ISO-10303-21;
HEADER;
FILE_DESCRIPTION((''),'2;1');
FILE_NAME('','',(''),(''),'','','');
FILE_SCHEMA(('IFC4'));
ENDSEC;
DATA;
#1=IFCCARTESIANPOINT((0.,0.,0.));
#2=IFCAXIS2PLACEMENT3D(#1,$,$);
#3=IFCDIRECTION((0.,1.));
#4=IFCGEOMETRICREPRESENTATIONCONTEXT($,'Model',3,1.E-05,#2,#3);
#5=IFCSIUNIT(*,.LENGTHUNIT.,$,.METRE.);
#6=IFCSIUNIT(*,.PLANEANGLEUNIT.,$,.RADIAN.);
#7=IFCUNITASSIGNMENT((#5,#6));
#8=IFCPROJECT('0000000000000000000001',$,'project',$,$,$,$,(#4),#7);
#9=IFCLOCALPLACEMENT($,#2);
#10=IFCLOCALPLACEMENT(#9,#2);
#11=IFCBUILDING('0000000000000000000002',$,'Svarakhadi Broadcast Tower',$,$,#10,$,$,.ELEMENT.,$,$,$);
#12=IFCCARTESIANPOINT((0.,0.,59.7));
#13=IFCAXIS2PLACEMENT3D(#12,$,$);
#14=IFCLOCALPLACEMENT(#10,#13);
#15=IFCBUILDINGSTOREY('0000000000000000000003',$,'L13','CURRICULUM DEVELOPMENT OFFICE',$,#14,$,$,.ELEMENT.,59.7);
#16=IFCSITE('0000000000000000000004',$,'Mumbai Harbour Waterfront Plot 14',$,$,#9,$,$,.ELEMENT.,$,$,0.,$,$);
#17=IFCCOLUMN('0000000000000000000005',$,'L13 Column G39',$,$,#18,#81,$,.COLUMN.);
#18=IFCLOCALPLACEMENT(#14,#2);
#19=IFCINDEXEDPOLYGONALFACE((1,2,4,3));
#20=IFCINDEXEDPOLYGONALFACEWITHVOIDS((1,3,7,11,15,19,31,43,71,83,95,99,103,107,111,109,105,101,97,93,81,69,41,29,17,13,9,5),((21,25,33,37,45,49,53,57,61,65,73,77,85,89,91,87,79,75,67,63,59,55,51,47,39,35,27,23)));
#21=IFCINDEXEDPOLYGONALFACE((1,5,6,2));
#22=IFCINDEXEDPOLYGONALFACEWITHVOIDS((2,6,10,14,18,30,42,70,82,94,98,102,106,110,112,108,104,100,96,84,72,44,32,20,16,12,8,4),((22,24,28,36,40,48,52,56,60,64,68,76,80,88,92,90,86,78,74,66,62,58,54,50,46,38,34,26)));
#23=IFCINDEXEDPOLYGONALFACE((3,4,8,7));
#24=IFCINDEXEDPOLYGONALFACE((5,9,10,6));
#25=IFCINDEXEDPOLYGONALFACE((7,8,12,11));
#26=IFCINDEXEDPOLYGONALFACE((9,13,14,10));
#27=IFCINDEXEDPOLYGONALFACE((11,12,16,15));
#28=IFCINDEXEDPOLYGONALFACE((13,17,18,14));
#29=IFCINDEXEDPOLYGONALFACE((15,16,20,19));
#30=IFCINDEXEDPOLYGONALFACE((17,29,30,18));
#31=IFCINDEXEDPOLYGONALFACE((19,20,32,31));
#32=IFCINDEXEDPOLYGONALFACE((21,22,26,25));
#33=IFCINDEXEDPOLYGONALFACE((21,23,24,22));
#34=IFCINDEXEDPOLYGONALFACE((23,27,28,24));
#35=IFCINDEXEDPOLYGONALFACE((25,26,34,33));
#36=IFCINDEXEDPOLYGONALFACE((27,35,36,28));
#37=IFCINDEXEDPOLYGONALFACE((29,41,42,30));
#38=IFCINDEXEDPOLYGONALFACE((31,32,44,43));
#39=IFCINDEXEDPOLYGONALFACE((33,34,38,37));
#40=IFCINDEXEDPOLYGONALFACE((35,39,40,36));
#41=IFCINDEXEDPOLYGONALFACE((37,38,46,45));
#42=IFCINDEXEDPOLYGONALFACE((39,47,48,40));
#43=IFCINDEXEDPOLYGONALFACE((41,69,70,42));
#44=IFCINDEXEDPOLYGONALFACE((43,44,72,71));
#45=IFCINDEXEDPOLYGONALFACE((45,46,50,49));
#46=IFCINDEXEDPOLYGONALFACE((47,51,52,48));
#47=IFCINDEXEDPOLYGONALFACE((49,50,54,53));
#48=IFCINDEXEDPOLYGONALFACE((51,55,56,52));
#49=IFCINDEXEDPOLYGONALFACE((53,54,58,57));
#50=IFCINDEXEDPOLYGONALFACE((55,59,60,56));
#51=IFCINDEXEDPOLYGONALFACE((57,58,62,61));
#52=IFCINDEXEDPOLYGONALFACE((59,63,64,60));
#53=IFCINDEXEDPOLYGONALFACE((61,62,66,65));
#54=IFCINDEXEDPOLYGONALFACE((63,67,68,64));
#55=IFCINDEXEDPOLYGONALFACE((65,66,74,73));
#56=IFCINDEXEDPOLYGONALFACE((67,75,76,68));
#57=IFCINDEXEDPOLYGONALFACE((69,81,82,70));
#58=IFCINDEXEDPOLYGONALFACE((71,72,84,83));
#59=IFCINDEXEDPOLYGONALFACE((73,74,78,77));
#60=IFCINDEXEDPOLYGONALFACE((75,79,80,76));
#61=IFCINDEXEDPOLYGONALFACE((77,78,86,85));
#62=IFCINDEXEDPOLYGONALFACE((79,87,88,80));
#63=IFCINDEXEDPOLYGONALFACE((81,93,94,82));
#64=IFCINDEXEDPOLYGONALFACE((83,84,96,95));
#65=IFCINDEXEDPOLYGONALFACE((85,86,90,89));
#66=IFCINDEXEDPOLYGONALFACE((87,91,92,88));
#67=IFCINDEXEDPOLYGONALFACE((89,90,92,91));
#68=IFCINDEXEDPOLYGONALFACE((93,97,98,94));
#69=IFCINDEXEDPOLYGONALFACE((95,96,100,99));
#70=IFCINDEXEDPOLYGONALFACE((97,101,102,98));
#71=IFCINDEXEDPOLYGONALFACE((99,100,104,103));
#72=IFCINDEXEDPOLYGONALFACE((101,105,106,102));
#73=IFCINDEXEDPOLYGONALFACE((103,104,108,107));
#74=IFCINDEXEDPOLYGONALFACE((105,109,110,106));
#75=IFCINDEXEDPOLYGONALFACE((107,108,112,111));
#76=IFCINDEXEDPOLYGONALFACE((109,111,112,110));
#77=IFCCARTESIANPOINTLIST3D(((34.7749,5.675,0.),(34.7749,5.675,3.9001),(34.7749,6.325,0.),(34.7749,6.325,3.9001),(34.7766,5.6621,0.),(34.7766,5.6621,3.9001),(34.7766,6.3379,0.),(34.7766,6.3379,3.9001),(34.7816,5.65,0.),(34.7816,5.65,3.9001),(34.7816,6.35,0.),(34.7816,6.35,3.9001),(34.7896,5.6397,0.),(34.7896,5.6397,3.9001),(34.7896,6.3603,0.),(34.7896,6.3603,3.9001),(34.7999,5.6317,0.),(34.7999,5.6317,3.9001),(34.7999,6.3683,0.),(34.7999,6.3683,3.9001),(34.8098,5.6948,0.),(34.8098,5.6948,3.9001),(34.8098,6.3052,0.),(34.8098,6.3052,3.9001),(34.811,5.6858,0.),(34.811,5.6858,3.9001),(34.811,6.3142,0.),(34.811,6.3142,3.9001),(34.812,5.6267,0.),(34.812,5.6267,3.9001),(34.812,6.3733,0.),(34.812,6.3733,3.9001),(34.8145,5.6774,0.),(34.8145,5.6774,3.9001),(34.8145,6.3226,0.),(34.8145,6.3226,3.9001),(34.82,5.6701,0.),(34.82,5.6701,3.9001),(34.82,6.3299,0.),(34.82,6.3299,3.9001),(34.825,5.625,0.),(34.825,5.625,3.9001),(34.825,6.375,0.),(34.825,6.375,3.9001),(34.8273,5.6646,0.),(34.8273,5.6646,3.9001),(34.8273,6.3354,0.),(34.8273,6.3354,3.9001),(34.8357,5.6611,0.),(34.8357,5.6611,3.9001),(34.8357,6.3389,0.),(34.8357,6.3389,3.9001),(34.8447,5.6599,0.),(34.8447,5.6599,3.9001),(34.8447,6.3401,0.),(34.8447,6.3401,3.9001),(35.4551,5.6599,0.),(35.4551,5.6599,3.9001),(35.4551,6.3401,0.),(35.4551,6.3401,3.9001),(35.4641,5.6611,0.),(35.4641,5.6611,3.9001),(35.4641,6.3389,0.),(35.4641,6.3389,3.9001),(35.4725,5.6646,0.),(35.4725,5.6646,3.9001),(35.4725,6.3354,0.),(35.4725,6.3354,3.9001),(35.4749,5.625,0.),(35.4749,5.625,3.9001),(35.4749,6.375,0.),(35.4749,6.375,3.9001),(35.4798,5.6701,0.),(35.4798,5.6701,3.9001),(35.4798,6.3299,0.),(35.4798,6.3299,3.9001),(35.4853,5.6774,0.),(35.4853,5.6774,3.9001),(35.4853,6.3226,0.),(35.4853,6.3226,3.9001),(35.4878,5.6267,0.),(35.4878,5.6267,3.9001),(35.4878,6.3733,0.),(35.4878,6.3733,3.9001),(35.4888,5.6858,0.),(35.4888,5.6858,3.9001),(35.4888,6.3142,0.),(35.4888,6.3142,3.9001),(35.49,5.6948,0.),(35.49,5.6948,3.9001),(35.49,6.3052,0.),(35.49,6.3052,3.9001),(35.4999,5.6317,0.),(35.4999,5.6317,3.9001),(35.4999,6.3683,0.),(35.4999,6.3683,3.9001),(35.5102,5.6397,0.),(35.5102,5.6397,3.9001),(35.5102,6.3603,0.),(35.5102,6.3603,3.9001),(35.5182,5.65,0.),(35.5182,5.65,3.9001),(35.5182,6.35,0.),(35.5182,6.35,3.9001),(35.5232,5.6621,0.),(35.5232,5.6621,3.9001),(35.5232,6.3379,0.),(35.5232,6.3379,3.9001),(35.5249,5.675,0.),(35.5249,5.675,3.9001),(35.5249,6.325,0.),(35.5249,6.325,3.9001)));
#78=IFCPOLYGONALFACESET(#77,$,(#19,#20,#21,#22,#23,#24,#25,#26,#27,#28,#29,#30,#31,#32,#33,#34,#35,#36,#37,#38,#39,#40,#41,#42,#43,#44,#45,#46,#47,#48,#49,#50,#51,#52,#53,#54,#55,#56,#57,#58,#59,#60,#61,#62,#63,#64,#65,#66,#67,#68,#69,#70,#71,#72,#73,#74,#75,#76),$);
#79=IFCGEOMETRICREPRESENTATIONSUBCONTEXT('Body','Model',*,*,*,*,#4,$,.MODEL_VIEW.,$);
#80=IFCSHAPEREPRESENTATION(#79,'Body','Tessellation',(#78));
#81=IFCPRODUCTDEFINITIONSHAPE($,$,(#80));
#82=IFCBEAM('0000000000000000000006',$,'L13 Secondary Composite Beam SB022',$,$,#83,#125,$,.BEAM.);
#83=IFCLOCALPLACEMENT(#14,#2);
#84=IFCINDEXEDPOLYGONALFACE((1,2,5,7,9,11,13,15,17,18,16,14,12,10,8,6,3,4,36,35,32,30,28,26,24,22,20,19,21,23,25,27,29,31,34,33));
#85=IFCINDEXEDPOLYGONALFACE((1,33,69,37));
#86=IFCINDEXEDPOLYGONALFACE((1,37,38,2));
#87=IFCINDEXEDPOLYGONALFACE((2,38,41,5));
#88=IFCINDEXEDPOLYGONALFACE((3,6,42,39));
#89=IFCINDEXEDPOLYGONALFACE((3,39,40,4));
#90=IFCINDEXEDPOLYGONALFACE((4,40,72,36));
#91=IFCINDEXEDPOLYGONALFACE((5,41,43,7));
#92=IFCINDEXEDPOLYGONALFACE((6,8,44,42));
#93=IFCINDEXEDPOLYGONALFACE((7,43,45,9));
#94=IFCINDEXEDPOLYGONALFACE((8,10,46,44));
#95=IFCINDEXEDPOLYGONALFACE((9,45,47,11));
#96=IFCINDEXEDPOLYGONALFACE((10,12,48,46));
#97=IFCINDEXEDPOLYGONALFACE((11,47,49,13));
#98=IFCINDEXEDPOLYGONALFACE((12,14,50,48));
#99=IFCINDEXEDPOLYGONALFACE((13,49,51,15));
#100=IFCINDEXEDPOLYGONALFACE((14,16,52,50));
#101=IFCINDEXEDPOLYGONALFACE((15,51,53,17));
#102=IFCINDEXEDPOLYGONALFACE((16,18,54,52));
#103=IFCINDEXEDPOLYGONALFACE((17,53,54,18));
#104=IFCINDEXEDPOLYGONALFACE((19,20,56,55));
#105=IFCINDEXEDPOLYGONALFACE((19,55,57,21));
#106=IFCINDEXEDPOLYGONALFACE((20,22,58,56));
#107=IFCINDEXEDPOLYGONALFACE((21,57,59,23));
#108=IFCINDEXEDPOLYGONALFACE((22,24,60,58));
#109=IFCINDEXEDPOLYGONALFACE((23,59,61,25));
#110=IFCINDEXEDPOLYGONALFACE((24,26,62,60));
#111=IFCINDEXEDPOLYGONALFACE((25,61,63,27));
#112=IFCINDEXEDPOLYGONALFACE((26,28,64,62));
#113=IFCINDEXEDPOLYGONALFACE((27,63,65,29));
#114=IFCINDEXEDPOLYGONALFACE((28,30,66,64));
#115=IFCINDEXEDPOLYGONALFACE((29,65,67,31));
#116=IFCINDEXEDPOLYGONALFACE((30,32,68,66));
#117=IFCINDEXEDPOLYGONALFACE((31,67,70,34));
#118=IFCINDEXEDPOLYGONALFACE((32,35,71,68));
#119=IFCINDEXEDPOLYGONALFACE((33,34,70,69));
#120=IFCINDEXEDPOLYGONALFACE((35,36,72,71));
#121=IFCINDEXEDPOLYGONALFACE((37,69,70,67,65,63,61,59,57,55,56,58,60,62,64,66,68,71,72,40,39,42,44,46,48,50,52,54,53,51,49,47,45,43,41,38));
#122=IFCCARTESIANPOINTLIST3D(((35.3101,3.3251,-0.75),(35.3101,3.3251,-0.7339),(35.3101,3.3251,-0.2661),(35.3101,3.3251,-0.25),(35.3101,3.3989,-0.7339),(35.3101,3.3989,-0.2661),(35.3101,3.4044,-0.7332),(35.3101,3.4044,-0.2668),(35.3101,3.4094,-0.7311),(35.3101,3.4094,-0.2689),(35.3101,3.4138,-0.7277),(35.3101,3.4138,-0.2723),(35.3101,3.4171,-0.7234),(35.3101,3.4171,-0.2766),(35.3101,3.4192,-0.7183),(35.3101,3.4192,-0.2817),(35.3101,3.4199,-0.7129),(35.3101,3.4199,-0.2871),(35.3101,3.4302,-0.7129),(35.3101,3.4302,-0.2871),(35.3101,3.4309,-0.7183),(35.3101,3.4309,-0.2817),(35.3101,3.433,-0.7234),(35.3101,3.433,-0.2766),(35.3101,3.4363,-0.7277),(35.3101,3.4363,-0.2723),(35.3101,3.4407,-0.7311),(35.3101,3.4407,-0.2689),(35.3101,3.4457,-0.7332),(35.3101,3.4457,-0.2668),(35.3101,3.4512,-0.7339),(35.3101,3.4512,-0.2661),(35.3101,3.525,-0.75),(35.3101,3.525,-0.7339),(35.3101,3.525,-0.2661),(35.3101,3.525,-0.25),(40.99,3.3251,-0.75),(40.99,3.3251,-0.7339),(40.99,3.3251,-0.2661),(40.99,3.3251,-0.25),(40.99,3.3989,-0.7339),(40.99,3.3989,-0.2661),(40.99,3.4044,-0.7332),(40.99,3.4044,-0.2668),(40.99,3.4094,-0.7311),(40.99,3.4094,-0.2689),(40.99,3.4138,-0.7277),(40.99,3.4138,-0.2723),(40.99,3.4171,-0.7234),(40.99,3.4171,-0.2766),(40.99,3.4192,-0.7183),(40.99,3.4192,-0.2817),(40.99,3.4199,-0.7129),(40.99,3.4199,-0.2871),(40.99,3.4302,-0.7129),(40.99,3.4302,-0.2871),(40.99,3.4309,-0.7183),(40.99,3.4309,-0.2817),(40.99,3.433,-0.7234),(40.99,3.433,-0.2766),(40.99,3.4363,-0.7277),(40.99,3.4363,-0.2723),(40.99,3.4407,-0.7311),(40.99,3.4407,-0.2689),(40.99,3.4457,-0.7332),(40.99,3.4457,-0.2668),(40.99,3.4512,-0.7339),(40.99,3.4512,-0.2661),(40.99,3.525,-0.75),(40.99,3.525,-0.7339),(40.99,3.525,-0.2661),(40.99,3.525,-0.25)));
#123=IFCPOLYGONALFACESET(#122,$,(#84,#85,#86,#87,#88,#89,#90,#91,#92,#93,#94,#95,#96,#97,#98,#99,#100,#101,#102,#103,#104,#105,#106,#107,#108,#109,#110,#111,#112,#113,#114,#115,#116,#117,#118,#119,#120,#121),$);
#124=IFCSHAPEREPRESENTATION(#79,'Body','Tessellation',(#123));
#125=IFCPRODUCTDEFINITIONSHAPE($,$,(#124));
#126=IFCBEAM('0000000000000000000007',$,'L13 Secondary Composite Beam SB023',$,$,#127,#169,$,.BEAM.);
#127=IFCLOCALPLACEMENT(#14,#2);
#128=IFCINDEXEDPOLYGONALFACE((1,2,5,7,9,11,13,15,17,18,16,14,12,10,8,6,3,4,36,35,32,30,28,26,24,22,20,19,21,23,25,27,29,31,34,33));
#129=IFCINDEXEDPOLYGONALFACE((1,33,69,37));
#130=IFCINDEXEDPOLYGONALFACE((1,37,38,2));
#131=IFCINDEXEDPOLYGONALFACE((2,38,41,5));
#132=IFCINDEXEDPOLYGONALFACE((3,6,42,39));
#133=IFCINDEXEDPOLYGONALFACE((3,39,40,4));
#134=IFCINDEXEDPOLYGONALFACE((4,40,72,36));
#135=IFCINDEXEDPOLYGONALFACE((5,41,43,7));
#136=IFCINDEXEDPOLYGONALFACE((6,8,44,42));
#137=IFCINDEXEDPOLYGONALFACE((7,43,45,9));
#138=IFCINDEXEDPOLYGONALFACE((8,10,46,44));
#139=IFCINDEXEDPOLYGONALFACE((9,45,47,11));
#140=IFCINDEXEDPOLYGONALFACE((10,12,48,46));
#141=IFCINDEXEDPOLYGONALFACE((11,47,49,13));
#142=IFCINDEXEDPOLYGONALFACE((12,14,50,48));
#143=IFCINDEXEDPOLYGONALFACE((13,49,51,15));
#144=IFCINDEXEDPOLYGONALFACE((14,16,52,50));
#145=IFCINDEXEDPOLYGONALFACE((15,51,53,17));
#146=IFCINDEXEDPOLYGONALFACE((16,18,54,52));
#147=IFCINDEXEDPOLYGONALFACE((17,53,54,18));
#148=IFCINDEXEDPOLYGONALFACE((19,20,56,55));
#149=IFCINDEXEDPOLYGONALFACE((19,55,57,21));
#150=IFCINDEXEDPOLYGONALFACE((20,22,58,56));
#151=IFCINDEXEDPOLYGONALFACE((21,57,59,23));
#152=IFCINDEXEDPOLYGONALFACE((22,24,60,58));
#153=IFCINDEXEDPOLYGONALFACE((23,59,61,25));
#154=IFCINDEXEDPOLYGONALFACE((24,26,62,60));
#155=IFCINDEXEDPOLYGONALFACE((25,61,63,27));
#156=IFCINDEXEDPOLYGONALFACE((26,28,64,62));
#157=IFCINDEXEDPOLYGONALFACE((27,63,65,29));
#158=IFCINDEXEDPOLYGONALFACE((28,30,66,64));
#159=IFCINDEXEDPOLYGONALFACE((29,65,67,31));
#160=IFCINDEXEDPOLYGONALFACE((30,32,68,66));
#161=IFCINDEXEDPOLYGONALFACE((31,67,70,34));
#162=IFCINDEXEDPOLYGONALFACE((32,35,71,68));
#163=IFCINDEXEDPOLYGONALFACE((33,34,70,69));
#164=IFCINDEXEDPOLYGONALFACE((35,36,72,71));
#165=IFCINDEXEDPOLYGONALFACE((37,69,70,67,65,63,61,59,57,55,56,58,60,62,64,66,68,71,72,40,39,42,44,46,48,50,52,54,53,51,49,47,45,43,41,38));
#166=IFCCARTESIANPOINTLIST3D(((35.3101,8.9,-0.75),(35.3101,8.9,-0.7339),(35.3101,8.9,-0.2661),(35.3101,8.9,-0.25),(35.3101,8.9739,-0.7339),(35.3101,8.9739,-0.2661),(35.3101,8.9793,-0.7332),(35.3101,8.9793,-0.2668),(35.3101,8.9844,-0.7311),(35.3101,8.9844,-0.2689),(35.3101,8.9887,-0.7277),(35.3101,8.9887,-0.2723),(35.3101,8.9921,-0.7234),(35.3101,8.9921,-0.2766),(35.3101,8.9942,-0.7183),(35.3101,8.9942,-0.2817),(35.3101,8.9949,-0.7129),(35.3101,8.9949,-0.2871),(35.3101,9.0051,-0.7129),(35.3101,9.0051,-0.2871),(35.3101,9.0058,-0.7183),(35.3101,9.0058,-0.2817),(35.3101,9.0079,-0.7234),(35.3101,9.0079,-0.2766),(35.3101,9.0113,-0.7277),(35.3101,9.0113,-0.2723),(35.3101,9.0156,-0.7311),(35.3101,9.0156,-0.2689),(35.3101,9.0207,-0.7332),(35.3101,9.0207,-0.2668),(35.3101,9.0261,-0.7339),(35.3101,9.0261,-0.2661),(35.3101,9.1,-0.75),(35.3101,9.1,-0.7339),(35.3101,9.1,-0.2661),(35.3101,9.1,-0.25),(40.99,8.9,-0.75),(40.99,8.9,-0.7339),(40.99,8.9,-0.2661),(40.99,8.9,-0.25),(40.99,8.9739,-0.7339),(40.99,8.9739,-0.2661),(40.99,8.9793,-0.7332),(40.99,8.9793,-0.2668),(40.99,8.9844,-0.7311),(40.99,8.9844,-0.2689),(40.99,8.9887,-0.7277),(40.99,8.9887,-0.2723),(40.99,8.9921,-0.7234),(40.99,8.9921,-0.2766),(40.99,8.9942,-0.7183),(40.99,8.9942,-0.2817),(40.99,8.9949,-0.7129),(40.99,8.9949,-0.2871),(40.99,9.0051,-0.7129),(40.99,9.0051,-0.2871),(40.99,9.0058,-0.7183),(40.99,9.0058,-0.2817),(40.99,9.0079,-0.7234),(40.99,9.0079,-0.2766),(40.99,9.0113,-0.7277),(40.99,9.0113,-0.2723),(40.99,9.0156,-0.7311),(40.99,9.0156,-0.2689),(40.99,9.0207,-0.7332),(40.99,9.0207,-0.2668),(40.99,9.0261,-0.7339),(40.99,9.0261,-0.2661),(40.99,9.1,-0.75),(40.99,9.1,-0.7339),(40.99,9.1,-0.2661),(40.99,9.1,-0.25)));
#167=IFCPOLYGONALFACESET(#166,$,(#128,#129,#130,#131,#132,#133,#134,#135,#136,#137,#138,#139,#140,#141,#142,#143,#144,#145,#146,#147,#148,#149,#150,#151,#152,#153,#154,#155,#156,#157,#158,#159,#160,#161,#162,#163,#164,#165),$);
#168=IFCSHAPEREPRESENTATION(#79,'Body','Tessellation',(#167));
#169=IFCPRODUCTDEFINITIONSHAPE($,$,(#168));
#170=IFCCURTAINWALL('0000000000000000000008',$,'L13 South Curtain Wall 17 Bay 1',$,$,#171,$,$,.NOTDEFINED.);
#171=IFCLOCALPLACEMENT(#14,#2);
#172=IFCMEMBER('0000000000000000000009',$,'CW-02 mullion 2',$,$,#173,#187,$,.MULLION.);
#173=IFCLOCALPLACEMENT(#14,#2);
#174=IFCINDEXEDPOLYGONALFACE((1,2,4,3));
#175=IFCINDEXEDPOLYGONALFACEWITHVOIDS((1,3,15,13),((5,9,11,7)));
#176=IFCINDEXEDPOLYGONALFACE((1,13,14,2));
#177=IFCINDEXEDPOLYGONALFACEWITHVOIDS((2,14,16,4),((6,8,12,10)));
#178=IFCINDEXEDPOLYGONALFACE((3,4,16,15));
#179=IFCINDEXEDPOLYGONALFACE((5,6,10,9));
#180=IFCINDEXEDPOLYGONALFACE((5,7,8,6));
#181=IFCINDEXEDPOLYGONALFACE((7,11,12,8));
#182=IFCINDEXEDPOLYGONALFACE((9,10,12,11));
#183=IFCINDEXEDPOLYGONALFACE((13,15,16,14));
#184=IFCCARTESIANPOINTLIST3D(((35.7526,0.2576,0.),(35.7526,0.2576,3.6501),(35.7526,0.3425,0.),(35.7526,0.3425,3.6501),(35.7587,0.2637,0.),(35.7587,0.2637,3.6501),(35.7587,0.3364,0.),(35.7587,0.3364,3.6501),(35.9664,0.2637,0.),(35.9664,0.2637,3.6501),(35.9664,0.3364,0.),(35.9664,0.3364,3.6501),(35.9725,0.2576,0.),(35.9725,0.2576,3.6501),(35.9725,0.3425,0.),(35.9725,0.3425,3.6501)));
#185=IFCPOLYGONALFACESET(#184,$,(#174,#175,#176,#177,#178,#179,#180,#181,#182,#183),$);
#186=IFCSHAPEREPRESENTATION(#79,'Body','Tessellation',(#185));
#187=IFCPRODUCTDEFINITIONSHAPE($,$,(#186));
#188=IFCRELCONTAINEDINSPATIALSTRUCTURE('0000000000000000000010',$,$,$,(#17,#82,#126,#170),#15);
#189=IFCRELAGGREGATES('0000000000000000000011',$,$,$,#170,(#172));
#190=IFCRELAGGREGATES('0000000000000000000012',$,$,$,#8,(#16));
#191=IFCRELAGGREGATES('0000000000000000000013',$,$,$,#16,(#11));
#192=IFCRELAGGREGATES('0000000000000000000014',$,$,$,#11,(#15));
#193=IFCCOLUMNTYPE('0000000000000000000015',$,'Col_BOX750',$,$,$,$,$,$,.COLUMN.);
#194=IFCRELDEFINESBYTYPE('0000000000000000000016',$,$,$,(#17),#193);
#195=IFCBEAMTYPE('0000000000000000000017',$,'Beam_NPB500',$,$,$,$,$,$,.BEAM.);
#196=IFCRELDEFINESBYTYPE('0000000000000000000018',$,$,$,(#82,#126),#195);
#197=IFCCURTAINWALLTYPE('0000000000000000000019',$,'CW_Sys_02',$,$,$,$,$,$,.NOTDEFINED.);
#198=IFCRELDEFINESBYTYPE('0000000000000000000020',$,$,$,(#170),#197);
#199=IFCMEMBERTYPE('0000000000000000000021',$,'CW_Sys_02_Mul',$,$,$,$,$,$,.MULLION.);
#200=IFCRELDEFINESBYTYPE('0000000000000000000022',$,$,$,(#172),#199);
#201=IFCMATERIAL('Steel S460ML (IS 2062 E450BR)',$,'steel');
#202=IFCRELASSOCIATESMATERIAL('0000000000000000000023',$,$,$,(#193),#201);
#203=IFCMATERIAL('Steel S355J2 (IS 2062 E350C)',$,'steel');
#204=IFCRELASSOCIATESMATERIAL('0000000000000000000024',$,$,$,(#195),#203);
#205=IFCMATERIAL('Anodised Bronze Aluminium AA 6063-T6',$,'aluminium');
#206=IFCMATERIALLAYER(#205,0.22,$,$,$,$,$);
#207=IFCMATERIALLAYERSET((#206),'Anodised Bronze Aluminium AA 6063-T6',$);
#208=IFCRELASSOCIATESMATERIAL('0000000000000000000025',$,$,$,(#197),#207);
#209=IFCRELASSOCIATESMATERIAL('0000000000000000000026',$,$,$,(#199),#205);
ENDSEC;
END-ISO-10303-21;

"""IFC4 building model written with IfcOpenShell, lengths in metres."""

from ifc_helpers import new_model, si_unit, direction, frame, origin, origin_2d, place, context, subcontext, project, spatial, hollow_rectangle, i_section, extrude, material, layer, layer_set, material_profile, profile_set, type_object, element, aggregate, save


model = new_model("IFC4")

# Units and contexts
model_context = context("Model", 3, precision=1e-05, world=origin(), true_north=direction((0.0, 1.0)))
body_context = subcontext(model_context, "Body", "Model", "MODEL_VIEW")
ifc_project = project(units=[si_unit("LENGTHUNIT", "METRE"), si_unit("PLANEANGLEUNIT", "RADIAN")], contexts=[model_context])

# Site, building, storey
site_placement = place(None, origin())
site = spatial("IfcSite", under=ifc_project, at=site_placement, Name="Mumbai Harbour Waterfront Plot 14", CompositionType="ELEMENT", RefElevation=0.0)
building_placement = place(site_placement, origin())
building = spatial("IfcBuilding", under=site, at=building_placement, Name="Svarakhadi Broadcast Tower", CompositionType="ELEMENT")
storey_placement = place(building_placement, frame((0.0, 0.0, 59.7)))
storey = spatial("IfcBuildingStorey", under=building, at=storey_placement, Name="L13", Description="CURRICULUM DEVELOPMENT OFFICE", CompositionType="ELEMENT", Elevation=59.7)

# Column
ifc_material_1 = material(Name="Steel S460ML (IS 2062 E450BR)", Category="steel")
ifc_material_profile_1 = material_profile(ifc_material_1, hollow_rectangle(XDim=0.75, YDim=0.75, WallThickness=0.0349, InnerFilletRadius=0.0349, OuterFilletRadius=0.05, at=origin_2d()), Name="BOX 750x750x35")
ifc_profile_set_1 = profile_set([ifc_material_profile_1], Name="Steel S460ML (IS 2062 E450BR)")
column_type = type_object("IfcColumnType", Name="Col_BOX750", PredefinedType="COLUMN", material=ifc_profile_set_1)
column_placement = place(storey_placement, frame((35.1499, 6.0, 0.0), z_axis=(0.0, 0.0, 1.0), x_axis=(1.0, 0.0, 0.0)))
element("IfcColumn", 1, at=column_placement, inside=storey, type_object=column_type, Name="L13 Column G39", PredefinedType="COLUMN", context=body_context, shape_type="SweptSolid", body=[
    extrude(hollow_rectangle(XDim=0.75, YDim=0.75, WallThickness=0.0349, InnerFilletRadius=0.0349, OuterFilletRadius=0.05, at=origin_2d()), origin(), (0.0, 0.0, 1.0), 3.9001),
])

# Beams
ifc_material_2 = material(Name="Steel S355J2 (IS 2062 E350C)", Category="steel")
ifc_material_profile_2 = material_profile(ifc_material_2, i_section(OverallWidth=0.2, OverallDepth=0.5, WebThickness=0.0103, FlangeThickness=0.0161, FilletRadius=0.021, at=origin_2d()), Name="NPB 500x200x91")
ifc_profile_set_2 = profile_set([ifc_material_profile_2], Name="Steel S355J2 (IS 2062 E350C)")
beam_type_1 = type_object("IfcBeamType", Name="Beam_NPB500", PredefinedType="BEAM", material=ifc_profile_set_2)
for number, where, z_axis, x_axis, name in (
    (2, (35.3101, 3.425, -0.5), (1.0, 0.0, 0.0), (0.0, 1.0, 0.0), "L13 Secondary Composite Beam SB022"),
    (3, (35.3101, 9.0, -0.5), (1.0, 0.0, 0.0), (0.0, 1.0, 0.0), "L13 Secondary Composite Beam SB023"),
):
    element("IfcBeam", number, at=place(storey_placement, frame(where, z_axis=z_axis, x_axis=x_axis)), inside=storey, type_object=beam_type_1, Name=name, PredefinedType="BEAM", context=body_context, shape_type="SweptSolid", body=[
        extrude(i_section(OverallWidth=0.2, OverallDepth=0.5, WebThickness=0.0103, FlangeThickness=0.0161, FilletRadius=0.021, at=origin_2d()), origin(), (0.0, 0.0, 1.0), 5.6799),
    ])

# Curtain wall, member
ifc_material_3 = material(Name="Anodised Bronze Aluminium AA 6063-T6", Category="aluminium")
ifc_layer_1 = layer(ifc_material_3, 0.22)
ifc_layer_set_1 = layer_set([ifc_layer_1], Name="Anodised Bronze Aluminium AA 6063-T6")
curtain_wall_type = type_object("IfcCurtainWallType", Name="CW_Sys_02", PredefinedType="NOTDEFINED", material=ifc_layer_set_1)
curtain_wall_placement = place(storey_placement, origin())
curtain_wall = element("IfcCurtainWall", 4, at=curtain_wall_placement, inside=storey, type_object=curtain_wall_type, Name="L13 South Curtain Wall 17 Bay 1", PredefinedType="NOTDEFINED")
ifc_material_profile_3 = material_profile(ifc_material_3, hollow_rectangle(XDim=0.085, YDim=0.22, WallThickness=0.0061, at=origin_2d()), Name="ALU MULLION 220x85x6")
ifc_profile_set_3 = profile_set([ifc_material_profile_3], Name="Anodised Bronze Aluminium AA 6063-T6")
member_type_1 = type_object("IfcMemberType", Name="CW_Sys_02_Mul", PredefinedType="MULLION", material=ifc_profile_set_3)
member_1_placement = place(storey_placement, frame((35.8625, 0.3, 0.0), z_axis=(0.0, 0.0, 1.0), x_axis=(0.0, -1.0, 0.0)))
member_1 = element("IfcMember", 5, at=member_1_placement, type_object=member_type_1, Name="CW-02 mullion 2", PredefinedType="MULLION", context=body_context, shape_type="SweptSolid", body=[
    extrude(hollow_rectangle(XDim=0.085, YDim=0.22, WallThickness=0.0061, at=origin_2d()), origin(), (0.0, 0.0, 1.0), 3.6501),
])

aggregate(curtain_wall, [member_1])

save(model, "model.ifc")
